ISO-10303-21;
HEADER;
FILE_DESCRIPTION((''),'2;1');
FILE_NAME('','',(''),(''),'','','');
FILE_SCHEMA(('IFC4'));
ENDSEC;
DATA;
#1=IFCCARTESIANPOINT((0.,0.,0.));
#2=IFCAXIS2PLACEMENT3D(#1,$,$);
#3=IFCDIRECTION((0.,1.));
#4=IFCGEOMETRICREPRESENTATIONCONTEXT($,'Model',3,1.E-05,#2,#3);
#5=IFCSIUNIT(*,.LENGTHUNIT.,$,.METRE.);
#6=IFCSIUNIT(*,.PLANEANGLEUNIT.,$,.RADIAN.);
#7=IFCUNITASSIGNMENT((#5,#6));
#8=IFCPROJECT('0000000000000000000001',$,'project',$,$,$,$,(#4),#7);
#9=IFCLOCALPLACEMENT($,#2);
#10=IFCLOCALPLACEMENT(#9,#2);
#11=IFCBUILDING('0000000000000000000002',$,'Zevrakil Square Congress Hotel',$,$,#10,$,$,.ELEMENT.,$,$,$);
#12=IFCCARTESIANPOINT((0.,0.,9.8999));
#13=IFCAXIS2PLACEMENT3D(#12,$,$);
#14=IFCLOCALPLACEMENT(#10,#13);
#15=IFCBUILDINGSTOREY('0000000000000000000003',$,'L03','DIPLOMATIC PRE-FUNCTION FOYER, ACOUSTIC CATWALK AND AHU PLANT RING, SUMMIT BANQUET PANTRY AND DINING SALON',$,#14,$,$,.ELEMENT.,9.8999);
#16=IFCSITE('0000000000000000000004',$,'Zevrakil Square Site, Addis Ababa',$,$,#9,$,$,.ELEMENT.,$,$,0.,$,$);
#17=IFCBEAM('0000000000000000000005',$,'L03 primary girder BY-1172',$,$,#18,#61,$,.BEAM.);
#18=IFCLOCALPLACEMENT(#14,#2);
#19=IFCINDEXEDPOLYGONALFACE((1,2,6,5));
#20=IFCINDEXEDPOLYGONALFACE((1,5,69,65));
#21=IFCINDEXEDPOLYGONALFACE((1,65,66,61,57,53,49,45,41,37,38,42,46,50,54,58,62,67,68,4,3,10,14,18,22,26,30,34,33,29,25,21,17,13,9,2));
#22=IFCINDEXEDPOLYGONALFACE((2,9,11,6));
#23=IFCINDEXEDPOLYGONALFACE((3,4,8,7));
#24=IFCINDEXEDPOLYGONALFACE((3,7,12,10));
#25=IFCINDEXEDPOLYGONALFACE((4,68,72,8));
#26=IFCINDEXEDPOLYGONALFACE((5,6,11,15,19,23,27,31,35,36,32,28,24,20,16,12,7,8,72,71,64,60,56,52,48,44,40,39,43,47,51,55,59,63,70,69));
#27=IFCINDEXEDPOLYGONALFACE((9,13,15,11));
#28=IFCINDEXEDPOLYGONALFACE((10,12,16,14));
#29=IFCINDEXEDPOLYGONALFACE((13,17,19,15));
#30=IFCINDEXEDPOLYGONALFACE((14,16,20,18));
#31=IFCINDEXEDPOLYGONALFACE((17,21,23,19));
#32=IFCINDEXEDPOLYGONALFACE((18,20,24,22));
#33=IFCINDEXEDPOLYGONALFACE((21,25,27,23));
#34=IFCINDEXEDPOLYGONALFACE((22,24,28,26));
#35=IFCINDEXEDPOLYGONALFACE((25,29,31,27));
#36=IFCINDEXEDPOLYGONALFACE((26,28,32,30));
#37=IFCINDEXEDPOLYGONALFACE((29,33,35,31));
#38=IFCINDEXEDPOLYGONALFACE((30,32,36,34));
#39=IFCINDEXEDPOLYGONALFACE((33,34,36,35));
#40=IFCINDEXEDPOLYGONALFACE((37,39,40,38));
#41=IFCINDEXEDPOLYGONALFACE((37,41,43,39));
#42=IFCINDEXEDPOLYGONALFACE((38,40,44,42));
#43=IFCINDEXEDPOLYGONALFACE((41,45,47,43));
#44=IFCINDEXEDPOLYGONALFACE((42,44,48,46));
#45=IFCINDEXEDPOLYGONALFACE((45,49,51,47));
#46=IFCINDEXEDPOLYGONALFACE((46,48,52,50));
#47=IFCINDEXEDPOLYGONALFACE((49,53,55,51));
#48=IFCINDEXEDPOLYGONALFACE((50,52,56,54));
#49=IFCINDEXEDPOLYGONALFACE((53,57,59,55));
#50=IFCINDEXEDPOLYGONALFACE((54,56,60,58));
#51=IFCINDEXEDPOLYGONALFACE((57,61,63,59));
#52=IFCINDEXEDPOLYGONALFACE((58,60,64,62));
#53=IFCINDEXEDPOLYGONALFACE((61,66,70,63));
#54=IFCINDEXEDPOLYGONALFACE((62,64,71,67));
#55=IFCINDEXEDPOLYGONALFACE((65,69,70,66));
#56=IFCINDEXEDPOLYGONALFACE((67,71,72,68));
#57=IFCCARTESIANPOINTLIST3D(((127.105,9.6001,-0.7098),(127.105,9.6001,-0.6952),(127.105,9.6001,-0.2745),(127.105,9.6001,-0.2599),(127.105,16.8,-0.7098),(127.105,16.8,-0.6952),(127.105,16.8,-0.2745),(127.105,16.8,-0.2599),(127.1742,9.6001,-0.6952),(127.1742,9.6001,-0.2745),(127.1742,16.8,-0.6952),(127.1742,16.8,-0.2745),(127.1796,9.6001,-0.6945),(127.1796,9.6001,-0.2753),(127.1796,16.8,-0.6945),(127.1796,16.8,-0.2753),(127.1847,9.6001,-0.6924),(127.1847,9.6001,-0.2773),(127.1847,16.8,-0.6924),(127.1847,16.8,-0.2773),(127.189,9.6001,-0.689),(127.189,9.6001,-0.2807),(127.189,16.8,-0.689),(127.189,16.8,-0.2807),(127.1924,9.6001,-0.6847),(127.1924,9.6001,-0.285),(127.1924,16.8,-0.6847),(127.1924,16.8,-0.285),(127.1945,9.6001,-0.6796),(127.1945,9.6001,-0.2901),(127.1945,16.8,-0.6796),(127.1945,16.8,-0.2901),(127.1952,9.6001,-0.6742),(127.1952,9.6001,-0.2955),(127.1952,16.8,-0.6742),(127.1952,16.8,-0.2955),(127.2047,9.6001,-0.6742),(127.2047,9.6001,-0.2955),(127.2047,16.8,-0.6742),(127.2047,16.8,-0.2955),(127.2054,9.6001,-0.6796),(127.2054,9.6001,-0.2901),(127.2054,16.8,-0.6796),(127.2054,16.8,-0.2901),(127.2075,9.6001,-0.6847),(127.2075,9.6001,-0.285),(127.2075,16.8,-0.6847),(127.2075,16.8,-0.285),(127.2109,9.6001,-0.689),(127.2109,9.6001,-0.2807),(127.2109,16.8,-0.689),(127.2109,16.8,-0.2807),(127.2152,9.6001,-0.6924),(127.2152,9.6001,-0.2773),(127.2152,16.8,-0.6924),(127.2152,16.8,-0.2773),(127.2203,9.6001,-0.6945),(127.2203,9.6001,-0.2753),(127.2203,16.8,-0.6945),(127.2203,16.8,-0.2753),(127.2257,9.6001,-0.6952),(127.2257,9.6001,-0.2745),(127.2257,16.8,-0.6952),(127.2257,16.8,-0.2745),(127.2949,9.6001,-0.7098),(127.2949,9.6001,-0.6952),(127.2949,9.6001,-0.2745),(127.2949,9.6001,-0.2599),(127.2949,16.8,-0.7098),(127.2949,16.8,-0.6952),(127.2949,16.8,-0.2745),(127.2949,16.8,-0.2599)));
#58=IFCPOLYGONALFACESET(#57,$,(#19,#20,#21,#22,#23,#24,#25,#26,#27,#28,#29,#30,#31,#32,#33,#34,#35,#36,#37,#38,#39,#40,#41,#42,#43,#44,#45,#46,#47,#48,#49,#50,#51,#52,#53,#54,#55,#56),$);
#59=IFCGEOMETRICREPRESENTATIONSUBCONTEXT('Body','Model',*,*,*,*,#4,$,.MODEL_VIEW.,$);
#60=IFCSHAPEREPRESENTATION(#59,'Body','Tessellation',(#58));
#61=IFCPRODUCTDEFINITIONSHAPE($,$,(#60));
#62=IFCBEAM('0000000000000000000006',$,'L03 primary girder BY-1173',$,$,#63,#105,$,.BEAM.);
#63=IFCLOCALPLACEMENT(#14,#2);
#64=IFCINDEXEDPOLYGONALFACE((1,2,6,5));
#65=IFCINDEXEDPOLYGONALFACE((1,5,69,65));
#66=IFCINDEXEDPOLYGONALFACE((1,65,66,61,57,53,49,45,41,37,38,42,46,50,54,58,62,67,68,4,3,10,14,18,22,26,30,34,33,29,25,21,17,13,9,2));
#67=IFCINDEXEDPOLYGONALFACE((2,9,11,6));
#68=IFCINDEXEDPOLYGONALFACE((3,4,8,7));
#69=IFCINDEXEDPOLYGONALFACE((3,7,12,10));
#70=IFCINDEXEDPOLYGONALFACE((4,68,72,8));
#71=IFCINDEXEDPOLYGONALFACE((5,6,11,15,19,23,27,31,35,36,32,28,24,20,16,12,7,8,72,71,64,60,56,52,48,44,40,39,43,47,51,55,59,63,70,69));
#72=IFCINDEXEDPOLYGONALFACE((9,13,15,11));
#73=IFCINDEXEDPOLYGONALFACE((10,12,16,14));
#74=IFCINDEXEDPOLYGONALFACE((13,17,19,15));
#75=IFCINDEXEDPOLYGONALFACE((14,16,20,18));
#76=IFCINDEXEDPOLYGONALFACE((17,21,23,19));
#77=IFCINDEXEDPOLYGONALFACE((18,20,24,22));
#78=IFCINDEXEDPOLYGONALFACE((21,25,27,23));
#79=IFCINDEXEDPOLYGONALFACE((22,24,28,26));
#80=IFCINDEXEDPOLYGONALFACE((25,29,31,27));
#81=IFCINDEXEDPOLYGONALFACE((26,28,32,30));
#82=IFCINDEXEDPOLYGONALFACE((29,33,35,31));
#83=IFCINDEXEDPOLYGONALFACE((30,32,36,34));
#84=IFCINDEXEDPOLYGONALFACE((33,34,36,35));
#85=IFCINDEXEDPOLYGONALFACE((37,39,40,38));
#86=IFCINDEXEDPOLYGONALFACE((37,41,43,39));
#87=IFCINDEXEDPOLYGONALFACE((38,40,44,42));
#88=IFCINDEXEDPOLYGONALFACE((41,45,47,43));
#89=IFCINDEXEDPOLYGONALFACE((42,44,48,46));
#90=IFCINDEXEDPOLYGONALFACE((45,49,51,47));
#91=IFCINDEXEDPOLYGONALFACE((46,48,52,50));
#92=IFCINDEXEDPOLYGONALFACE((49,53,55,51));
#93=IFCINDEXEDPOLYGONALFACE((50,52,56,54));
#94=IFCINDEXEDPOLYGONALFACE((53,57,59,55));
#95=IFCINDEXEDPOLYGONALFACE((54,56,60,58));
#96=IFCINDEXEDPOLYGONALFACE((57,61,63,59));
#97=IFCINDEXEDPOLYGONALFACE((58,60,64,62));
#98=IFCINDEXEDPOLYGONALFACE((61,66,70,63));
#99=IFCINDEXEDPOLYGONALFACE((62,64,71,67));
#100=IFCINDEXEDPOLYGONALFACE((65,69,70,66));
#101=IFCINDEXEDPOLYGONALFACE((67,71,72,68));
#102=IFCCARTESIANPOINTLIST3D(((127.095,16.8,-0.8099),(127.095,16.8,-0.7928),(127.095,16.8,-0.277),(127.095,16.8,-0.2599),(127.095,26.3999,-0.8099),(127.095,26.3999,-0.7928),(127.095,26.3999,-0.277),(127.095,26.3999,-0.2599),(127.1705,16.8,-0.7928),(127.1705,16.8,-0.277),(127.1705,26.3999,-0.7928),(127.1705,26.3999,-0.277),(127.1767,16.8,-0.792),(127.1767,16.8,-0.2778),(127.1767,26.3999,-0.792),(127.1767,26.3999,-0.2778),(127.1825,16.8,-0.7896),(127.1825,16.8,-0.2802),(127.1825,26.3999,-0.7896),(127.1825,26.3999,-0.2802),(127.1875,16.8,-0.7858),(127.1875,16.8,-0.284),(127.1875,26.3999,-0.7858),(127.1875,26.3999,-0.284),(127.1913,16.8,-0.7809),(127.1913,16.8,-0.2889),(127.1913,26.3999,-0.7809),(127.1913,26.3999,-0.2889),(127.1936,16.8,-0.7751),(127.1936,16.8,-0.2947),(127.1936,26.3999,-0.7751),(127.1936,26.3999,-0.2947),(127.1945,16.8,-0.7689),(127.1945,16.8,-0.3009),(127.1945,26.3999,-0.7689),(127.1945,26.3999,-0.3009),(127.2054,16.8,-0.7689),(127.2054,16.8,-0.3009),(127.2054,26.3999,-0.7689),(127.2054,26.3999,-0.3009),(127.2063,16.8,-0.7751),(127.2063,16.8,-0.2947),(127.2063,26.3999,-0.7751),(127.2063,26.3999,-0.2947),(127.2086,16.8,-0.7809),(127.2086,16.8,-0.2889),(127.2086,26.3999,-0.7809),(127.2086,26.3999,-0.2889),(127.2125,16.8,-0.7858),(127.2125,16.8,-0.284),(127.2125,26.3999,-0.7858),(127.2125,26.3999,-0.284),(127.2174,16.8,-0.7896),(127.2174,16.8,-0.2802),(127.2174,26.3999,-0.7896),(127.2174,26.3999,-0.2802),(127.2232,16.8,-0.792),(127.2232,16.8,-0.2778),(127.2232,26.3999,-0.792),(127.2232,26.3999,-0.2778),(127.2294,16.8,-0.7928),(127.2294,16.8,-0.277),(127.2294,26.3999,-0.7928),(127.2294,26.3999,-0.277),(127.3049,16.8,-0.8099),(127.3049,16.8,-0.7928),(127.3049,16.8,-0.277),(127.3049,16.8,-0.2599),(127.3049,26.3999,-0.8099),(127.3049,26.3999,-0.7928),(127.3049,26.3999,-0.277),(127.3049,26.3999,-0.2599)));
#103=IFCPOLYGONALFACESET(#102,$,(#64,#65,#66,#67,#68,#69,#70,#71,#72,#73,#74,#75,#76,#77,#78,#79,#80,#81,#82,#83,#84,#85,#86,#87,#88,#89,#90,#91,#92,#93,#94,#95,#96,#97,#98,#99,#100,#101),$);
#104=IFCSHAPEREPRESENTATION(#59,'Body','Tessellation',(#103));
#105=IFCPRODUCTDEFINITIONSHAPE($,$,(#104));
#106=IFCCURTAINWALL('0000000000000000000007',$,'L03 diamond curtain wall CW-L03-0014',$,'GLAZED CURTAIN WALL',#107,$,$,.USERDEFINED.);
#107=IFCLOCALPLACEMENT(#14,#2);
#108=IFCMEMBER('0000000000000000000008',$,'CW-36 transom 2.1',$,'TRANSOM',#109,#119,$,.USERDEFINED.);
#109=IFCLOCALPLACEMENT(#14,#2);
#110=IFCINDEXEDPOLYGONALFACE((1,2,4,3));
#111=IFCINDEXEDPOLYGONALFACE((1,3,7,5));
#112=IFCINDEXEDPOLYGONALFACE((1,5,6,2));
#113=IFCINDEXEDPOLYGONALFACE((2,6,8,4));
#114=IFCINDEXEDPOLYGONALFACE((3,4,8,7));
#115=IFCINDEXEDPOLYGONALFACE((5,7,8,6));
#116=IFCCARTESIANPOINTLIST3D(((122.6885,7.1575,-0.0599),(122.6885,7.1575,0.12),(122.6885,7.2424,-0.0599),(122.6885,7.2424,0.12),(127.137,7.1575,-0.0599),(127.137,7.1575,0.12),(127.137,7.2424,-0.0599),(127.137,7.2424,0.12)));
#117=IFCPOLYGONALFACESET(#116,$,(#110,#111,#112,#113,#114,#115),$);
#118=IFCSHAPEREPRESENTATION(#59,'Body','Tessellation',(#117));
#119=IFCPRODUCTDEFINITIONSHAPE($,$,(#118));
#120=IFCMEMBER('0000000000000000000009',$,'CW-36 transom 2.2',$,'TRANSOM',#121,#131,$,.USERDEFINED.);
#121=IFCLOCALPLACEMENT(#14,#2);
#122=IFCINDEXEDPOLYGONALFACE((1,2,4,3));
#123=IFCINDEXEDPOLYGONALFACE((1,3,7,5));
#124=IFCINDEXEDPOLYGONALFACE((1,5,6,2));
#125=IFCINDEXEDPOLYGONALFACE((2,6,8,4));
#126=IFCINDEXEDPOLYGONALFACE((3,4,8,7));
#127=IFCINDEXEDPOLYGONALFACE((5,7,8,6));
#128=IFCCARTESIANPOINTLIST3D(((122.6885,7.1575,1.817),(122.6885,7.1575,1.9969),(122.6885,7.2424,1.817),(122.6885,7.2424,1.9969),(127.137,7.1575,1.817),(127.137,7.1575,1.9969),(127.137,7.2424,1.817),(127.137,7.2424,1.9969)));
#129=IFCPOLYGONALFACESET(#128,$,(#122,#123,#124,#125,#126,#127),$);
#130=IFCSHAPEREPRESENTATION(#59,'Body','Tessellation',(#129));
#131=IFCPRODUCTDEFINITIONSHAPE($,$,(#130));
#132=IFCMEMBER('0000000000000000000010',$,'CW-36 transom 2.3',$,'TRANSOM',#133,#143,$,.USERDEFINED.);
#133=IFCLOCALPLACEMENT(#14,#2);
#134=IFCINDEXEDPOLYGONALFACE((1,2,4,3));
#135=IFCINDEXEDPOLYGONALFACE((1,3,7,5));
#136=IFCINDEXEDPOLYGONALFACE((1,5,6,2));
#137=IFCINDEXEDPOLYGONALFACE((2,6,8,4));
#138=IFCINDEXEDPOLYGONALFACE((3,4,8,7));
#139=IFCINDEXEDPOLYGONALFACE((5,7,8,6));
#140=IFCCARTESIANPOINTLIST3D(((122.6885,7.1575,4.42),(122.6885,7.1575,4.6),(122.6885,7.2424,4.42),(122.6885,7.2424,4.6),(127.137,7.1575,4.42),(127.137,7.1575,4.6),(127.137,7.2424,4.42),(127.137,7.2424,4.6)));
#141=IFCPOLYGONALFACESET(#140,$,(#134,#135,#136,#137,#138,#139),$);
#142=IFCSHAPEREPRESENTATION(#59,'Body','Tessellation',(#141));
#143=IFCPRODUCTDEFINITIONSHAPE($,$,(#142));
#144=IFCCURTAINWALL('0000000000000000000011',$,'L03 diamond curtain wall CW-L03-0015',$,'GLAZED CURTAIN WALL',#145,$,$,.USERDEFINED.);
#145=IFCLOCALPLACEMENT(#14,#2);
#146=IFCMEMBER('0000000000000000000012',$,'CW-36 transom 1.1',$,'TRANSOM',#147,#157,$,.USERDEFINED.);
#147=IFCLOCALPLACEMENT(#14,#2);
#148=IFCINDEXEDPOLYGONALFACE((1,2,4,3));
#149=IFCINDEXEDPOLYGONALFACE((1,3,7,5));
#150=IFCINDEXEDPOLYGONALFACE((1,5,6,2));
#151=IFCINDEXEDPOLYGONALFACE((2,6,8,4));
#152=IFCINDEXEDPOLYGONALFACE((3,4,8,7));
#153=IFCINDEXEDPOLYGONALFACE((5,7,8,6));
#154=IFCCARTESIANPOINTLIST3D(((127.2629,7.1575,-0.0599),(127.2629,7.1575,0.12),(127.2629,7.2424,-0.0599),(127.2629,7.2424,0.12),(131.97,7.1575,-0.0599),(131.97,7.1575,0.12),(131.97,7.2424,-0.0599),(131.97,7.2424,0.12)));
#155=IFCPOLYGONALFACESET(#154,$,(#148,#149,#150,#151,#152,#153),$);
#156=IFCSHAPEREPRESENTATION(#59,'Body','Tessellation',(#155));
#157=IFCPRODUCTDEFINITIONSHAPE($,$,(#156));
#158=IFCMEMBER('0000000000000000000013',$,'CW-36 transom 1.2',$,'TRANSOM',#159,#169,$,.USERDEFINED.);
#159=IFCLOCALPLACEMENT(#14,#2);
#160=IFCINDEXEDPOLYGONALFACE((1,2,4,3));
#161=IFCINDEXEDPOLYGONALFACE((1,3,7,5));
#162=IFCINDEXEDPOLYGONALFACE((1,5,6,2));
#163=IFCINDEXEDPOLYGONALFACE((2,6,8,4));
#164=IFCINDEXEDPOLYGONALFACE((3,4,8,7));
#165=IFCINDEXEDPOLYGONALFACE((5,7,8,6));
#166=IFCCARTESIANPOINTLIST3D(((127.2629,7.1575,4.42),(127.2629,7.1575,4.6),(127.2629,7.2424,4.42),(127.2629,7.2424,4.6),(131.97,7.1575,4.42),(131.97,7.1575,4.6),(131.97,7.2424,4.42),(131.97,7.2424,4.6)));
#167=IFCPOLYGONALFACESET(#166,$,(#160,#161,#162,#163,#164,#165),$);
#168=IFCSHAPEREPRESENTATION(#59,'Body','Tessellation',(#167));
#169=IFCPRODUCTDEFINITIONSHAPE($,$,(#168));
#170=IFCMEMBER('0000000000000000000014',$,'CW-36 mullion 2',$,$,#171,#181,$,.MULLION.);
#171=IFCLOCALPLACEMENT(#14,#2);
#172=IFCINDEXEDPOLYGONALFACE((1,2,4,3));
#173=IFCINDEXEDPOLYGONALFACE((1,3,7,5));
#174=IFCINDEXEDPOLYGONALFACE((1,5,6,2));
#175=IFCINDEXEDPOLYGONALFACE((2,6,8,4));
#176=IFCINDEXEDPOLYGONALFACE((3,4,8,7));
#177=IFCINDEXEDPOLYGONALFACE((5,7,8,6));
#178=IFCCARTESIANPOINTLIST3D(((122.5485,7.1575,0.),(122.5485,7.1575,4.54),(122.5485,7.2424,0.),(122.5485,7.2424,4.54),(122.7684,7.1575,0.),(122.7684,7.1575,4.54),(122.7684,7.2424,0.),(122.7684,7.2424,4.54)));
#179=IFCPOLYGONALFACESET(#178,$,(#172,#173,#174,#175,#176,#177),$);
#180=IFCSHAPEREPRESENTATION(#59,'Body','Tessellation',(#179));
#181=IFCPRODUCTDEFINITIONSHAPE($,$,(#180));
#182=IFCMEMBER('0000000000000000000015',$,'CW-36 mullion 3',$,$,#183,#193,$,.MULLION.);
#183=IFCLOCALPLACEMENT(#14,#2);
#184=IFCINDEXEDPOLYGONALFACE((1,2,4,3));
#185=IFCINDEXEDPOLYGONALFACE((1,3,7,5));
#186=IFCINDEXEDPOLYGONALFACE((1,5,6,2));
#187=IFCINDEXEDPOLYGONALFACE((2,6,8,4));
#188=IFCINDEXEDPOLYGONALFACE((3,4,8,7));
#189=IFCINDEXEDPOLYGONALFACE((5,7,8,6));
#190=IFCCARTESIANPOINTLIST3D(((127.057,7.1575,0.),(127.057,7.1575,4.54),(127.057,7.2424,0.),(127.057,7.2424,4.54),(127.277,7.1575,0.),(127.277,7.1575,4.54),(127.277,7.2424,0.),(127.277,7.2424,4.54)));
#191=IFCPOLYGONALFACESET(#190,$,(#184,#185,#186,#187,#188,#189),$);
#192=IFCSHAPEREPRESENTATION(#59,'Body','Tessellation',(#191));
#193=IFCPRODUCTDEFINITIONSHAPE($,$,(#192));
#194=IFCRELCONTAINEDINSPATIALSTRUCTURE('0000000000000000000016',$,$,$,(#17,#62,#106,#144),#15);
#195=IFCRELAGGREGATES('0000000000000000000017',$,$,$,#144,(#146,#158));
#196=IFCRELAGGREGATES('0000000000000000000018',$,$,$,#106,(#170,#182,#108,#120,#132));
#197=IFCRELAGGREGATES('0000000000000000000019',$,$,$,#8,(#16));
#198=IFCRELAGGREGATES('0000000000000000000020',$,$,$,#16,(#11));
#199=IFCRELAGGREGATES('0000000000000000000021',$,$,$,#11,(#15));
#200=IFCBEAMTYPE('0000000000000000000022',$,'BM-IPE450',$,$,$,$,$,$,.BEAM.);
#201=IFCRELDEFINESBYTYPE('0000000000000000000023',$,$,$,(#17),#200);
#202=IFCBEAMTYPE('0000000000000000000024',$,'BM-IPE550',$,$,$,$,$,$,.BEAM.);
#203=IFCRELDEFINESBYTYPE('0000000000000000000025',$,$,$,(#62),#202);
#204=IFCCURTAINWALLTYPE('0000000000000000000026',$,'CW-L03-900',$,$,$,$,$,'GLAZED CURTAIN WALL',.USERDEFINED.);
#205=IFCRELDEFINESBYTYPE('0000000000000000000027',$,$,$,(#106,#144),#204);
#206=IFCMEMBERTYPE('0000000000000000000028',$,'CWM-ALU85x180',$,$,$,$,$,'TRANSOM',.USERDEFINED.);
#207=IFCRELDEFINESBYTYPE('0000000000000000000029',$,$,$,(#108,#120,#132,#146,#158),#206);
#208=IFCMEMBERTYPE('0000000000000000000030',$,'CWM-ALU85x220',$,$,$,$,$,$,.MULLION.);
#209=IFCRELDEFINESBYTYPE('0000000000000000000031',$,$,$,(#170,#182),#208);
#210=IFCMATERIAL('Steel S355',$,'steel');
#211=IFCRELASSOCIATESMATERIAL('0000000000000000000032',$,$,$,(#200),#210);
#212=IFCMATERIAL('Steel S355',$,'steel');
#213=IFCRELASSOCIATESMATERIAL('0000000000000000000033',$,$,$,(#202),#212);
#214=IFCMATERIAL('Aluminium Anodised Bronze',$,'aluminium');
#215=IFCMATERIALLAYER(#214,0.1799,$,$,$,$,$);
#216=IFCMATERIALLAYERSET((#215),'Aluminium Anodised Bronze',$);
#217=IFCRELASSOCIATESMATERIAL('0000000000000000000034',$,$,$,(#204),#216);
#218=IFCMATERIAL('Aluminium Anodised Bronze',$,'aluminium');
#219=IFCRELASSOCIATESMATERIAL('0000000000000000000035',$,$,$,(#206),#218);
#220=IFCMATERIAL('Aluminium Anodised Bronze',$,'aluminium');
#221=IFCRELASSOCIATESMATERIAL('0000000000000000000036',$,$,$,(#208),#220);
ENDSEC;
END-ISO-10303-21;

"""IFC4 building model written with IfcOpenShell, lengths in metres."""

from ifc_helpers import new_model, si_unit, direction, frame, origin, origin_2d, place, context, subcontext, project, spatial, rectangle, i_section, extrude, material, layer, layer_set, material_profile, profile_set, type_object, element, aggregate, save


model = new_model("IFC4")

# Units and contexts
model_context = context("Model", 3, precision=1e-05, world=origin(), true_north=direction((0.0, 1.0)))
body_context = subcontext(model_context, "Body", "Model", "MODEL_VIEW")
ifc_project = project(units=[si_unit("LENGTHUNIT", "METRE"), si_unit("PLANEANGLEUNIT", "RADIAN")], contexts=[model_context])

# Site, building, storey
site_placement = place(None, origin())
site = spatial("IfcSite", under=ifc_project, at=site_placement, Name="Zevrakil Square Site, Addis Ababa", CompositionType="ELEMENT", RefElevation=0.0)
building_placement = place(site_placement, origin())
building = spatial("IfcBuilding", under=site, at=building_placement, Name="Zevrakil Square Congress Hotel", CompositionType="ELEMENT")
storey_placement = place(building_placement, frame((0.0, 0.0, 9.8999)))
storey = spatial("IfcBuildingStorey", under=building, at=storey_placement, Name="L03", Description="DIPLOMATIC PRE-FUNCTION FOYER, ACOUSTIC CATWALK AND AHU PLANT RING, SUMMIT BANQUET PANTRY AND DINING SALON", CompositionType="ELEMENT", Elevation=9.8999)

# Beams
ifc_material_1 = material(Name="Steel S355", Category="steel")
ifc_material_profile_1 = material_profile(ifc_material_1, i_section(OverallWidth=0.1899, OverallDepth=0.45, WebThickness=0.0095, FlangeThickness=0.0146, FilletRadius=0.021, at=origin_2d()), Name="IPE 450")
ifc_profile_set_1 = profile_set([ifc_material_profile_1], Name="Steel S355")
beam_type_1 = type_object("IfcBeamType", Name="BM-IPE450", PredefinedType="BEAM", material=ifc_profile_set_1)
beam_1_placement = place(storey_placement, frame((127.2, 9.6001, -0.4849), z_axis=(0.0, 1.0, 0.0), x_axis=(-1.0, 0.0, 0.0)))
element("IfcBeam", 1, at=beam_1_placement, inside=storey, type_object=beam_type_1, Name="L03 primary girder BY-1172", PredefinedType="BEAM", context=body_context, shape_type="SweptSolid", body=[
    extrude(i_section(OverallWidth=0.1899, OverallDepth=0.45, WebThickness=0.0095, FlangeThickness=0.0146, FilletRadius=0.021, at=origin_2d()), origin(), (0.0, 0.0, 1.0), 7.2),
])
ifc_material_2 = material(Name="Steel S355", Category="steel")
ifc_material_profile_2 = material_profile(ifc_material_2, i_section(OverallWidth=0.21, OverallDepth=0.55, WebThickness=0.011, FlangeThickness=0.0171, FilletRadius=0.0239, at=origin_2d()), Name="IPE 550")
ifc_profile_set_2 = profile_set([ifc_material_profile_2], Name="Steel S355")
beam_type_2 = type_object("IfcBeamType", Name="BM-IPE550", PredefinedType="BEAM", material=ifc_profile_set_2)
beam_2_placement = place(storey_placement, frame((127.2, 16.8, -0.5349), z_axis=(0.0, 1.0, 0.0), x_axis=(-1.0, 0.0, 0.0)))
element("IfcBeam", 2, at=beam_2_placement, inside=storey, type_object=beam_type_2, Name="L03 primary girder BY-1173", PredefinedType="BEAM", context=body_context, shape_type="SweptSolid", body=[
    extrude(i_section(OverallWidth=0.21, OverallDepth=0.55, WebThickness=0.011, FlangeThickness=0.0171, FilletRadius=0.0239, at=origin_2d()), origin(), (0.0, 0.0, 1.0), 9.5999),
])

# Curtain walls, members
ifc_material_3 = material(Name="Aluminium Anodised Bronze", Category="aluminium")
ifc_layer_1 = layer(ifc_material_3, 0.1799)
ifc_layer_set_1 = layer_set([ifc_layer_1], Name="Aluminium Anodised Bronze")
curtain_wall_type = type_object("IfcCurtainWallType", Name="CW-L03-900", ElementType="GLAZED CURTAIN WALL", PredefinedType="USERDEFINED", material=ifc_layer_set_1)
curtain_wall_1_placement = place(storey_placement, origin())
curtain_wall_1 = element("IfcCurtainWall", 3, at=curtain_wall_1_placement, inside=storey, type_object=curtain_wall_type, Name="L03 diamond curtain wall CW-L03-0014", ObjectType="GLAZED CURTAIN WALL", PredefinedType="USERDEFINED")
ifc_material_4 = material(Name="Aluminium Anodised Bronze", Category="aluminium")
ifc_material_profile_3 = material_profile(ifc_material_4, rectangle(XDim=0.085, YDim=0.1799, at=origin_2d()), Name="ALU 85x180")
ifc_profile_set_3 = profile_set([ifc_material_profile_3], Name="Aluminium Anodised Bronze")
member_type_1 = type_object("IfcMemberType", Name="CWM-ALU85x180", ElementType="TRANSOM", PredefinedType="USERDEFINED", material=ifc_profile_set_3)
member_1_placement = place(storey_placement, frame((122.6885, 7.2, 0.03), z_axis=(1.0, 0.0, 0.0), x_axis=(0.0, 1.0, 0.0)))
member_1 = element("IfcMember", 4, at=member_1_placement, type_object=member_type_1, Name="CW-36 transom 2.1", ObjectType="TRANSOM", PredefinedType="USERDEFINED", context=body_context, shape_type="SweptSolid", body=[
    extrude(rectangle(XDim=0.085, YDim=0.1799, at=origin_2d()), origin(), (0.0, 0.0, 1.0), 4.4485),
])
member_2_placement = place(storey_placement, frame((122.6885, 7.2, 1.907), z_axis=(1.0, 0.0, 0.0), x_axis=(0.0, 1.0, 0.0)))
member_2 = element("IfcMember", 5, at=member_2_placement, type_object=member_type_1, Name="CW-36 transom 2.2", ObjectType="TRANSOM", PredefinedType="USERDEFINED", context=body_context, shape_type="SweptSolid", body=[
    extrude(rectangle(XDim=0.085, YDim=0.1799, at=origin_2d()), origin(), (0.0, 0.0, 1.0), 4.4485),
])
member_3_placement = place(storey_placement, frame((122.6885, 7.2, 4.51), z_axis=(1.0, 0.0, 0.0), x_axis=(0.0, 1.0, 0.0)))
member_3 = element("IfcMember", 6, at=member_3_placement, type_object=member_type_1, Name="CW-36 transom 2.3", ObjectType="TRANSOM", PredefinedType="USERDEFINED", context=body_context, shape_type="SweptSolid", body=[
    extrude(rectangle(XDim=0.085, YDim=0.1799, at=origin_2d()), origin(), (0.0, 0.0, 1.0), 4.4485),
])
curtain_wall_2_placement = place(storey_placement, origin())
curtain_wall_2 = element("IfcCurtainWall", 7, at=curtain_wall_2_placement, inside=storey, type_object=curtain_wall_type, Name="L03 diamond curtain wall CW-L03-0015", ObjectType="GLAZED CURTAIN WALL", PredefinedType="USERDEFINED")
member_4_placement = place(storey_placement, frame((127.2629, 7.2, 0.03), z_axis=(1.0, 0.0, 0.0), x_axis=(0.0, 1.0, 0.0)))
member_4 = element("IfcMember", 8, at=member_4_placement, type_object=member_type_1, Name="CW-36 transom 1.1", ObjectType="TRANSOM", PredefinedType="USERDEFINED", context=body_context, shape_type="SweptSolid", body=[
    extrude(rectangle(XDim=0.085, YDim=0.1799, at=origin_2d()), origin(), (0.0, 0.0, 1.0), 4.707),
])
member_5_placement = place(storey_placement, frame((127.2629, 7.2, 4.51), z_axis=(1.0, 0.0, 0.0), x_axis=(0.0, 1.0, 0.0)))
member_5 = element("IfcMember", 9, at=member_5_placement, type_object=member_type_1, Name="CW-36 transom 1.2", ObjectType="TRANSOM", PredefinedType="USERDEFINED", context=body_context, shape_type="SweptSolid", body=[
    extrude(rectangle(XDim=0.085, YDim=0.1799, at=origin_2d()), origin(), (0.0, 0.0, 1.0), 4.707),
])

# Members
ifc_material_5 = material(Name="Aluminium Anodised Bronze", Category="aluminium")
ifc_material_profile_4 = material_profile(ifc_material_5, rectangle(XDim=0.085, YDim=0.22, at=origin_2d()), Name="ALU 85x220")
ifc_profile_set_4 = profile_set([ifc_material_profile_4], Name="Aluminium Anodised Bronze")
member_type_2 = type_object("IfcMemberType", Name="CWM-ALU85x220", PredefinedType="MULLION", material=ifc_profile_set_4)
member_6_placement = place(storey_placement, frame((122.6584, 7.2, 0.0), z_axis=(0.0, 0.0, 1.0), x_axis=(0.0, 1.0, 0.0)))
member_6 = element("IfcMember", 10, at=member_6_placement, type_object=member_type_2, Name="CW-36 mullion 2", PredefinedType="MULLION", context=body_context, shape_type="SweptSolid", body=[
    extrude(rectangle(XDim=0.085, YDim=0.22, at=origin_2d()), origin(), (0.0, 0.0, 1.0), 4.54),
])
member_7_placement = place(storey_placement, frame((127.167, 7.2, 0.0), z_axis=(0.0, 0.0, 1.0), x_axis=(0.0, 1.0, 0.0)))
member_7 = element("IfcMember", 11, at=member_7_placement, type_object=member_type_2, Name="CW-36 mullion 3", PredefinedType="MULLION", context=body_context, shape_type="SweptSolid", body=[
    extrude(rectangle(XDim=0.085, YDim=0.22, at=origin_2d()), origin(), (0.0, 0.0, 1.0), 4.54),
])
aggregate(curtain_wall_2, [member_4, member_5])

aggregate(curtain_wall_1, [member_6, member_7, member_1, member_2, member_3])

save(model, "model.ifc")
